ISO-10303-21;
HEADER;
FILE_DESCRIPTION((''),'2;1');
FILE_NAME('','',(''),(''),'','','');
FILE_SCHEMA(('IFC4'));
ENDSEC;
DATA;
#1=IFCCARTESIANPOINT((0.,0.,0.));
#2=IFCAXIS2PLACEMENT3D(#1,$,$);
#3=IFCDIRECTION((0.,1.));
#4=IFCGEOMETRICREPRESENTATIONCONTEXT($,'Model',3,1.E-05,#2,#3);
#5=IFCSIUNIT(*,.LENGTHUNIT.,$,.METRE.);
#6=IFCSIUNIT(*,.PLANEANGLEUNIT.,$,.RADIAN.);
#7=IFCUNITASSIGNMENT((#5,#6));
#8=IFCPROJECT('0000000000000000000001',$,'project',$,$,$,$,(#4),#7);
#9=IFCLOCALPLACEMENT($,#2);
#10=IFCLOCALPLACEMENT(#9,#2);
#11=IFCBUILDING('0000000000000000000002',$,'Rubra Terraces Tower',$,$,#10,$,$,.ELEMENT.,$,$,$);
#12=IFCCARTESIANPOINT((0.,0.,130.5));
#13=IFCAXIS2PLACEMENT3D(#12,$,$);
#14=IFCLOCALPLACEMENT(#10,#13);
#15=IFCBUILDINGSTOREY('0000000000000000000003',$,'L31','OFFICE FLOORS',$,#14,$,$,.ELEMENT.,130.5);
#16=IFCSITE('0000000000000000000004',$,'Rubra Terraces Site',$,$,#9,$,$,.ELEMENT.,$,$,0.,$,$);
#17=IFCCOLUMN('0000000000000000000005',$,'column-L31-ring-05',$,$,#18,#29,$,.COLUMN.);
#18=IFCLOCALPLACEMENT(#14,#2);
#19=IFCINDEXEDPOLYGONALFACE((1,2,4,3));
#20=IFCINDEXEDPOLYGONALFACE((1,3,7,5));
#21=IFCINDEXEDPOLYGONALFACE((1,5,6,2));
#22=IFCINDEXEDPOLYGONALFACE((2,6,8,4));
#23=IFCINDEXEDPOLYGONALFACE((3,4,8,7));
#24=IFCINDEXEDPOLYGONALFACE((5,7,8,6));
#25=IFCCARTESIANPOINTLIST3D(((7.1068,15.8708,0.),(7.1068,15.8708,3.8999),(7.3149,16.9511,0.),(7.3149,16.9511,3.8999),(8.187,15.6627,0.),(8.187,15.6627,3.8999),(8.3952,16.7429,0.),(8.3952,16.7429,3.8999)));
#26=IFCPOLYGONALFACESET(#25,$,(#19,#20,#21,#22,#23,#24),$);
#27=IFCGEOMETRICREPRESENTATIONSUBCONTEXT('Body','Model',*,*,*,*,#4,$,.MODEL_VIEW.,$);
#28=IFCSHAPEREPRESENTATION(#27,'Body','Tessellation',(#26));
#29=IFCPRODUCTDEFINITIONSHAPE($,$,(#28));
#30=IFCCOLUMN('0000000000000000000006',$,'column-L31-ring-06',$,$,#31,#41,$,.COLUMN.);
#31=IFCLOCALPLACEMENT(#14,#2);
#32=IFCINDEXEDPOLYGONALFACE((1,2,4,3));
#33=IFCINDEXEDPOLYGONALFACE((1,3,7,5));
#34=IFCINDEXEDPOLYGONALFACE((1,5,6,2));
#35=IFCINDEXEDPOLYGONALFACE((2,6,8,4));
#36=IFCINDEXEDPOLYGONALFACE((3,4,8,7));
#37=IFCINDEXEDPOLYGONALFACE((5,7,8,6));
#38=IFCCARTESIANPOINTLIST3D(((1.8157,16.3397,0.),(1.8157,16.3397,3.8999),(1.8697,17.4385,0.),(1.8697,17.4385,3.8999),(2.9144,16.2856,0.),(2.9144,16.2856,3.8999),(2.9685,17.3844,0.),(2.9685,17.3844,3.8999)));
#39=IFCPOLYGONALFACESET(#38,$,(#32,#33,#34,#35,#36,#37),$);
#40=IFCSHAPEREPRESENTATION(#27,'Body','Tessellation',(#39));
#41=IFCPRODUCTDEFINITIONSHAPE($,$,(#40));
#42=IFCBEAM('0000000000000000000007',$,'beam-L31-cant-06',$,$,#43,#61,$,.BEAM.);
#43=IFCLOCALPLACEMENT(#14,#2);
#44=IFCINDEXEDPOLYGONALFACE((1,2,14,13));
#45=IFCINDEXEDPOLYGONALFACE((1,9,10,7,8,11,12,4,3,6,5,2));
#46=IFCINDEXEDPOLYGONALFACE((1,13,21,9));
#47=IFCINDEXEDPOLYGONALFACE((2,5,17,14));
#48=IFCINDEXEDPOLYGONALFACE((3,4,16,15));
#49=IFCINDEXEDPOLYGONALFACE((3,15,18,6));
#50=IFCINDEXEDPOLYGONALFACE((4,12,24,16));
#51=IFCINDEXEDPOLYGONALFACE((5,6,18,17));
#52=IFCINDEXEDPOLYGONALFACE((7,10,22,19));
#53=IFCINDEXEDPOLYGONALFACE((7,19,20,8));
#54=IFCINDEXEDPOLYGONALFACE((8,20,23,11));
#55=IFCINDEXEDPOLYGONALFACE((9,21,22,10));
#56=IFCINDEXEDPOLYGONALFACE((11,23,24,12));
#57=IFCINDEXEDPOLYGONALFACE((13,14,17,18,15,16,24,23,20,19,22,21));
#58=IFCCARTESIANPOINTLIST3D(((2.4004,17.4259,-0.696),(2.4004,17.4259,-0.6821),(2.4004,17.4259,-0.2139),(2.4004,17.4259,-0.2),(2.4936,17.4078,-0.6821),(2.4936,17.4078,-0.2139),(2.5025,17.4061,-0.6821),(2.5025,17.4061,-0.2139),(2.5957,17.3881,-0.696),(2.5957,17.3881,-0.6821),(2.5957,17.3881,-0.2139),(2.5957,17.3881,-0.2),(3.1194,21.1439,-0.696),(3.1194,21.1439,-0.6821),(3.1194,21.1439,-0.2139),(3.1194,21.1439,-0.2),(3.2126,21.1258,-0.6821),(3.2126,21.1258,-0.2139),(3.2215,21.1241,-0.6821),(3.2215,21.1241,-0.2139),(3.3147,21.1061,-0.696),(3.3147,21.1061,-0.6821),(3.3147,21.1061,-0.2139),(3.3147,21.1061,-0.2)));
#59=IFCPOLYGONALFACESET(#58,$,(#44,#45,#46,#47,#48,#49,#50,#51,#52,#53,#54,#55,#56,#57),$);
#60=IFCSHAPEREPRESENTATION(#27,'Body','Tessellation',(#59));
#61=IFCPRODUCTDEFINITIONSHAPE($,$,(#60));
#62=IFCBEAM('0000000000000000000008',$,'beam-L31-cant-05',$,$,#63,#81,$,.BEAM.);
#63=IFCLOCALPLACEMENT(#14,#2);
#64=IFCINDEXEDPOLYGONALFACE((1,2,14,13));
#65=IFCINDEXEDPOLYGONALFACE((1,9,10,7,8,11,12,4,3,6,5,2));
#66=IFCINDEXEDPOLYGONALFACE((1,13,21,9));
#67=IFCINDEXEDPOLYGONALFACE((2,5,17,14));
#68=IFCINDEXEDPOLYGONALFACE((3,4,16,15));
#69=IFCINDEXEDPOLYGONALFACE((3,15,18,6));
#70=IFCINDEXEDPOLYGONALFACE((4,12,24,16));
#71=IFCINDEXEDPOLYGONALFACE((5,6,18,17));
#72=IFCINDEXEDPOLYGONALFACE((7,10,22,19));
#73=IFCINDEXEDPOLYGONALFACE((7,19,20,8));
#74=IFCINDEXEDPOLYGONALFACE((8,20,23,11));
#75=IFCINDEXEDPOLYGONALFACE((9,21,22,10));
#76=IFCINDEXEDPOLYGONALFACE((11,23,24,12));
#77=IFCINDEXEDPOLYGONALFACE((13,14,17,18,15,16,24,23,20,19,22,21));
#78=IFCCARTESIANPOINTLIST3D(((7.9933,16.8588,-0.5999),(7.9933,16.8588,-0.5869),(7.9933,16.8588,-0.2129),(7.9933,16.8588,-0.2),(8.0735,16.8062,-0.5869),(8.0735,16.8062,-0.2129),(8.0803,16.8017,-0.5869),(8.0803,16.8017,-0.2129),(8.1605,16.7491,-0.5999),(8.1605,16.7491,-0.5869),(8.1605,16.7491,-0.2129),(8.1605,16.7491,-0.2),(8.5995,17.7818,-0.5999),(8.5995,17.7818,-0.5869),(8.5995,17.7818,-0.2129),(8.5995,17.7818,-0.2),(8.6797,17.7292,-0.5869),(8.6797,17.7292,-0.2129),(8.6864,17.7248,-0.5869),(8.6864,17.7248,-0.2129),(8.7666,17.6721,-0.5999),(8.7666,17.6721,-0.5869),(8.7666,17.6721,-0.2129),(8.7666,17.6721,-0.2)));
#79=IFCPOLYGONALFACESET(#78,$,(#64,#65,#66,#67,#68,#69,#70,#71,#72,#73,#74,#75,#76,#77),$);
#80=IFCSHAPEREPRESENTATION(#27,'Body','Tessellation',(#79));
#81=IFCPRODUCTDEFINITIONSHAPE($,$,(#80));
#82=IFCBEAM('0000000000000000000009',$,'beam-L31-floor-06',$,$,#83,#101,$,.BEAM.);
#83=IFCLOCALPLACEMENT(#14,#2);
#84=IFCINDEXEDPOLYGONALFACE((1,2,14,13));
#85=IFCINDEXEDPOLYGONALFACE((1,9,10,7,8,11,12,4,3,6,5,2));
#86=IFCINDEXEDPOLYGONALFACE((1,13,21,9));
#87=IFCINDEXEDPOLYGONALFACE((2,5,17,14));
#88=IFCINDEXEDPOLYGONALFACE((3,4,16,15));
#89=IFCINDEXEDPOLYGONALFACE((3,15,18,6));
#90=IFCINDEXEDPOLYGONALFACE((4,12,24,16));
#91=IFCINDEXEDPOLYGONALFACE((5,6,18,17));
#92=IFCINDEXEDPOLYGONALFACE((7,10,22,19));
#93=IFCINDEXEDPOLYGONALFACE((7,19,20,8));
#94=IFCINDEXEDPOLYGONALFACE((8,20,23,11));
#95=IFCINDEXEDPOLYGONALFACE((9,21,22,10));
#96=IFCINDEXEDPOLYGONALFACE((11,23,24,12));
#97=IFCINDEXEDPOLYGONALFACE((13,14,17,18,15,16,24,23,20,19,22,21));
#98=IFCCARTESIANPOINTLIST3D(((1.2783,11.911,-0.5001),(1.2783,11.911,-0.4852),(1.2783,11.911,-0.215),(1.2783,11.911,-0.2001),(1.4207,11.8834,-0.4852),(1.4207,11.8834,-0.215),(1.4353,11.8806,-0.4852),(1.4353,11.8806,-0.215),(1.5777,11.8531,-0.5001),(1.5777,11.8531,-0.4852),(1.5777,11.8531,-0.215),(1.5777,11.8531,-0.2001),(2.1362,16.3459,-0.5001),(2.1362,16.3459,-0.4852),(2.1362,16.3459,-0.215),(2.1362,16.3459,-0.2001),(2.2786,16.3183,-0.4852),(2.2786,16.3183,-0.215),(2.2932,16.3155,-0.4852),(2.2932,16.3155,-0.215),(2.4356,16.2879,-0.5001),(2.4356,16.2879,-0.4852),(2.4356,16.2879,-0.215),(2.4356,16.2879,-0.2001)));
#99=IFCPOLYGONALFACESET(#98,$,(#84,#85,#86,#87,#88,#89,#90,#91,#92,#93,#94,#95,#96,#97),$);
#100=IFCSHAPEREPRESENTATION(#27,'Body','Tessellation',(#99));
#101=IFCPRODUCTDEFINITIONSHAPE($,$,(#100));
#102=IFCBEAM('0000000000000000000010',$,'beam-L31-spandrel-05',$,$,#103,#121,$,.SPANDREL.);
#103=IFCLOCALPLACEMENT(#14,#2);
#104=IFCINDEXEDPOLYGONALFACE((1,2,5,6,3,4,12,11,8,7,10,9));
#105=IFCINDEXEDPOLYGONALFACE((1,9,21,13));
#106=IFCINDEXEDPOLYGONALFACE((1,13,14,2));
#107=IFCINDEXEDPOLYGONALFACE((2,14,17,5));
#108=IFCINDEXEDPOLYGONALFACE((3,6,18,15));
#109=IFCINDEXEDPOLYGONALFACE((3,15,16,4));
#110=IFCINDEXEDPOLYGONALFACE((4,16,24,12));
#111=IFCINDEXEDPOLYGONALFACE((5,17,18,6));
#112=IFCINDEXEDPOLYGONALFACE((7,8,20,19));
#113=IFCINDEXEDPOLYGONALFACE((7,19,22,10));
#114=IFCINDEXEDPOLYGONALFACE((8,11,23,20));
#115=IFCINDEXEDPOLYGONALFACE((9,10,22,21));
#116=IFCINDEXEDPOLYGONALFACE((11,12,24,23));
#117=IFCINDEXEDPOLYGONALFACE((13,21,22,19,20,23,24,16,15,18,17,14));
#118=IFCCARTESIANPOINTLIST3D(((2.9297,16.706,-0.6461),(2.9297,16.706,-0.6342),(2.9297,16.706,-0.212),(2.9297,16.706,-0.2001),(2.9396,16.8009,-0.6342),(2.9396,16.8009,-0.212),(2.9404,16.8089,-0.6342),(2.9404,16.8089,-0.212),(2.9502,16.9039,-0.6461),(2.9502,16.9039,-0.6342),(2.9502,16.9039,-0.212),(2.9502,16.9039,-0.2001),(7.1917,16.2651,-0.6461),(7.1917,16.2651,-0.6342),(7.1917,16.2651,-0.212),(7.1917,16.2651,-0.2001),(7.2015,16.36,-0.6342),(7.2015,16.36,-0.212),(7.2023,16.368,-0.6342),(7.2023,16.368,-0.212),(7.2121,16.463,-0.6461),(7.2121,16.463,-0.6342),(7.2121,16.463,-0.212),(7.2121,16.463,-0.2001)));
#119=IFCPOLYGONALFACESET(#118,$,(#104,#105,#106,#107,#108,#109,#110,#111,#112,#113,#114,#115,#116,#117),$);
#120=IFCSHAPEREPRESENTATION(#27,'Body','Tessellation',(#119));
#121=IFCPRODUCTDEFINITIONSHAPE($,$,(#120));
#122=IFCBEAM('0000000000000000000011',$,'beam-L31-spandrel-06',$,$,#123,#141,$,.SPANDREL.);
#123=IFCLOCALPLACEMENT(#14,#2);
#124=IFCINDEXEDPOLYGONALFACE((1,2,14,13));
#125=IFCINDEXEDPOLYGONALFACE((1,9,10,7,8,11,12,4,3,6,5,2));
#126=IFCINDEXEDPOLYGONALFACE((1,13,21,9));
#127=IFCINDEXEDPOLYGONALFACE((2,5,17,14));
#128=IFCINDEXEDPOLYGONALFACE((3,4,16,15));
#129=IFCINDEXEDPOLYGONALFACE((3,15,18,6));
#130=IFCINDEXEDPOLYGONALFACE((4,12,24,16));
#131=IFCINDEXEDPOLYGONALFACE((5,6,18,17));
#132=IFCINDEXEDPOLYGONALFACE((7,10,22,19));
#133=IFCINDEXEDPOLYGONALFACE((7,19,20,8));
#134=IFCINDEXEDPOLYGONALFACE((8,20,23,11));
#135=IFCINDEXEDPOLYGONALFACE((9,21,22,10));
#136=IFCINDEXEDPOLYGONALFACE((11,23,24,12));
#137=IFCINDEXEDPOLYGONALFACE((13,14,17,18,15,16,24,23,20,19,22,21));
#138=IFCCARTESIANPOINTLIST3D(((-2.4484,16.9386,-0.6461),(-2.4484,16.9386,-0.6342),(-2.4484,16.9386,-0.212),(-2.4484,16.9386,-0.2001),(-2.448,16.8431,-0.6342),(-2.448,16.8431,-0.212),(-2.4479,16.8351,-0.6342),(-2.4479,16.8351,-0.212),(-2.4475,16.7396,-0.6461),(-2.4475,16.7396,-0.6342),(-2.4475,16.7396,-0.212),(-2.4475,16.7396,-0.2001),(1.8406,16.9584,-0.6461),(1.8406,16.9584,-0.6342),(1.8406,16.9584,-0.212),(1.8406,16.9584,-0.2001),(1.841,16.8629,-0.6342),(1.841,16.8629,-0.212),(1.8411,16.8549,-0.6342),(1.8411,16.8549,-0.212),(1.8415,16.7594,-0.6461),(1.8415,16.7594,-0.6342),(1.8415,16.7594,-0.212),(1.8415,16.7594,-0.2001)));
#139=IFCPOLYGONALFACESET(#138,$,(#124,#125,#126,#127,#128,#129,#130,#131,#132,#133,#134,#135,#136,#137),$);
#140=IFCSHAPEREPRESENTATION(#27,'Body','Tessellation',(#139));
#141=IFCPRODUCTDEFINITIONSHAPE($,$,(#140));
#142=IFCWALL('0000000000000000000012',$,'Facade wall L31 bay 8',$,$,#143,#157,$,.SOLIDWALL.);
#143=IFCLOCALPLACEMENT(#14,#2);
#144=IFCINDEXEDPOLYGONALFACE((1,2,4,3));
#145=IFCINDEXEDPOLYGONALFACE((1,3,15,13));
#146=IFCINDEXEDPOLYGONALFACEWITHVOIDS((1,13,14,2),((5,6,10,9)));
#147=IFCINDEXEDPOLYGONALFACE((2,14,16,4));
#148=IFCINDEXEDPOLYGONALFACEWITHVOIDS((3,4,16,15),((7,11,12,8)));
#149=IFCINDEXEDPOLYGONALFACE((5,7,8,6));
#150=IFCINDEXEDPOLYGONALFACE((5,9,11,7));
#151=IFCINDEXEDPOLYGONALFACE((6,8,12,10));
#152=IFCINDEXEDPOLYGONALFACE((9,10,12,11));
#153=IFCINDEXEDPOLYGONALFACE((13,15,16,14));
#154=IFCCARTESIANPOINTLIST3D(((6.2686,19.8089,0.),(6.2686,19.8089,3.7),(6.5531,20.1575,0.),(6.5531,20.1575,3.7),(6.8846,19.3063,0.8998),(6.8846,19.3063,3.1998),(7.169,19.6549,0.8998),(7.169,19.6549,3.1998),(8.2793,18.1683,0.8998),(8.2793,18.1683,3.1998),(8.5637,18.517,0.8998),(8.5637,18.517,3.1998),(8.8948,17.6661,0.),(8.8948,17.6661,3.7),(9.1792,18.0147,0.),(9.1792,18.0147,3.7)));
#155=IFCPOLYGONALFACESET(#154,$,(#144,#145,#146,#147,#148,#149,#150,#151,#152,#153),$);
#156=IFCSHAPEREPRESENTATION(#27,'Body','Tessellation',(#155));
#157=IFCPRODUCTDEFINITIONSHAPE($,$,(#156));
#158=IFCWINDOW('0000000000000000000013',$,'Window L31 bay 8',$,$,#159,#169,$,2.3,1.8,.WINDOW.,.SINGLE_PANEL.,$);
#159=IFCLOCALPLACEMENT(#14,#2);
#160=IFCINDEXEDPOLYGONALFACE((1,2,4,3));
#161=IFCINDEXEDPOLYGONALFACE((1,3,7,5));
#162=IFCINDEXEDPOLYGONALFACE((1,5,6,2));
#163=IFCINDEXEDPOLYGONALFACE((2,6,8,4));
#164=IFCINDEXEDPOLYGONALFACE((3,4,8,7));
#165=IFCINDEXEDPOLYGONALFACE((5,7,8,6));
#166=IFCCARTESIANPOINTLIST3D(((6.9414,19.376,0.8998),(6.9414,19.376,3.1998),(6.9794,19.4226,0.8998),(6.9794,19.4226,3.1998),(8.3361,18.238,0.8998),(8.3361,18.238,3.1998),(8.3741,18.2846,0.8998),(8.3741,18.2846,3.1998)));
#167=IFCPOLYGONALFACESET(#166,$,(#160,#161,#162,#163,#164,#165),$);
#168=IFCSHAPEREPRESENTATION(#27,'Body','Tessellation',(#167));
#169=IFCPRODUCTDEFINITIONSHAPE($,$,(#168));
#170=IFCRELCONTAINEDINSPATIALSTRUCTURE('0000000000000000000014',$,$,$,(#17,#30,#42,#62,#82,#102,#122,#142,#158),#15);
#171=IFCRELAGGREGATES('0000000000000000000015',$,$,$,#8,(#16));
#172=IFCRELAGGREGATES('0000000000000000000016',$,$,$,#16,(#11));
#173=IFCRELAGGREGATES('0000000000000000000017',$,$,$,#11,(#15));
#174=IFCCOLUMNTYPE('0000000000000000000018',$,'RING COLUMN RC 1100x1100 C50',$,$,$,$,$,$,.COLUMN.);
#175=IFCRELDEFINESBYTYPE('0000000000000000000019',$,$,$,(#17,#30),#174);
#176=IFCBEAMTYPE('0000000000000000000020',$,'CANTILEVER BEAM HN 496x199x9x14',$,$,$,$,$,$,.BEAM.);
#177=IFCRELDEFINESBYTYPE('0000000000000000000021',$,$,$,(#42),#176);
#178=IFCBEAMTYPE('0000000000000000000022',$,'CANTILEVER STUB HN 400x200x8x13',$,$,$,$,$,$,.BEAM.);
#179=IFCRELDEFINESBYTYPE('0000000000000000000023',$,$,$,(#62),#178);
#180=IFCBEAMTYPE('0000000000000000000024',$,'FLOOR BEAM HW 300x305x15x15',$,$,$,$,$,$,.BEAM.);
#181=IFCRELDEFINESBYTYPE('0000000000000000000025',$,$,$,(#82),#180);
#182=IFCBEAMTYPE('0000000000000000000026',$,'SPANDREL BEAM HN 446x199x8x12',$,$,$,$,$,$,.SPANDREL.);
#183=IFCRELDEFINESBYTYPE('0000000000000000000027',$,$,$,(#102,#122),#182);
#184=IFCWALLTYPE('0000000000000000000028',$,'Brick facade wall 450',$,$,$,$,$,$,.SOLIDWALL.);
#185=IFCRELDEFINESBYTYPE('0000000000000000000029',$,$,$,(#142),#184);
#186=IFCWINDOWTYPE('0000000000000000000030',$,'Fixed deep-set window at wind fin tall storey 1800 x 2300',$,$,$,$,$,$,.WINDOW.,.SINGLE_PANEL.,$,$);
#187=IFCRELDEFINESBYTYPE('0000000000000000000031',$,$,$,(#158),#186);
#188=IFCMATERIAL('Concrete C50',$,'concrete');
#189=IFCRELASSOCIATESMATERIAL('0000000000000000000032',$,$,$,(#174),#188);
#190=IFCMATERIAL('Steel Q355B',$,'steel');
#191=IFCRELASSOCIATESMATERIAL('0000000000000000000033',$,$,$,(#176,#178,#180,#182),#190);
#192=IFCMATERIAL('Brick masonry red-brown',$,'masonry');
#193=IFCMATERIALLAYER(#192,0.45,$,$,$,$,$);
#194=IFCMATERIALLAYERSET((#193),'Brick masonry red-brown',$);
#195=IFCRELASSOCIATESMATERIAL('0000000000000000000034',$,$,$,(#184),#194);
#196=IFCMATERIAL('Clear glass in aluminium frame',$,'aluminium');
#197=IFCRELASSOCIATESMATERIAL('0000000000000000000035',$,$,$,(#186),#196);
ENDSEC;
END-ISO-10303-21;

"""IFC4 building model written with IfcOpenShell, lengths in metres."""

from ifc_helpers import new_model, si_unit, direction, frame, frame_2d, origin, origin_2d, place, context, subcontext, project, spatial, rectangle, i_section, extrude, material, layer, layer_set, material_profile, profile_set, type_object, element, fill, save


model = new_model("IFC4")

# Units and contexts
model_context = context("Model", 3, precision=1e-05, world=origin(), true_north=direction((0.0, 1.0)))
body_context = subcontext(model_context, "Body", "Model", "MODEL_VIEW")
ifc_project = project(units=[si_unit("LENGTHUNIT", "METRE"), si_unit("PLANEANGLEUNIT", "RADIAN")], contexts=[model_context])

# Site, building, storey
site_placement = place(None, origin())
site = spatial("IfcSite", under=ifc_project, at=site_placement, Name="Rubra Terraces Site", CompositionType="ELEMENT", RefElevation=0.0)
building_placement = place(site_placement, origin())
building = spatial("IfcBuilding", under=site, at=building_placement, Name="Rubra Terraces Tower", CompositionType="ELEMENT")
storey_placement = place(building_placement, frame((0.0, 0.0, 130.5)))
storey = spatial("IfcBuildingStorey", under=building, at=storey_placement, Name="L31", Description="OFFICE FLOORS", CompositionType="ELEMENT", Elevation=130.5)

# Columns
ifc_material_1 = material(Name="Concrete C50", Category="concrete")
ifc_material_profile_1 = material_profile(ifc_material_1, rectangle(XDim=1.1001, YDim=1.1001, at=origin_2d()), Name="RC 1100x1100")
ifc_profile_set_1 = profile_set([ifc_material_profile_1], Name="Concrete C50")
column_type = type_object("IfcColumnType", Name="RING COLUMN RC 1100x1100 C50", PredefinedType="COLUMN", material=ifc_profile_set_1)
for number, where, z_axis, x_axis, name in (
    (1, (7.751, 16.3069, 0.0), (0.0, 0.0, 1.0), (-0.981937, 0.18921, 0.0), "column-L31-ring-05"),
    (2, (2.3921, 16.8621, 0.0), (0.0, 0.0, 1.0), (-0.998791, 0.04915, 0.0), "column-L31-ring-06"),
):
    element("IfcColumn", number, at=place(storey_placement, frame(where, z_axis=z_axis, x_axis=x_axis)), inside=storey, type_object=column_type, Name=name, PredefinedType="COLUMN", context=body_context, shape_type="SweptSolid", body=[
        extrude(rectangle(XDim=1.1001, YDim=1.1001, at=origin_2d()), origin(), (0.0, 0.0, 1.0), 3.8999),
    ])

# Beams
ifc_material_2 = material(Name="Steel Q355B", Category="steel")
ifc_material_profile_2 = material_profile(ifc_material_2, i_section(OverallWidth=0.199, OverallDepth=0.4961, WebThickness=0.009, FlangeThickness=0.0139, at=origin_2d()), Name="HN 496x199x9x14")
ifc_profile_set_2 = profile_set([ifc_material_profile_2], Name="Steel Q355B")
beam_type_1 = type_object("IfcBeamType", Name="CANTILEVER BEAM HN 496x199x9x14", PredefinedType="BEAM", material=ifc_profile_set_2)
beam_1_placement = place(storey_placement, frame((2.498, 17.407, -0.448), z_axis=(0.189864, 0.98181, 0.0), x_axis=(-0.98181, 0.189864, 0.0)))
element("IfcBeam", 3, at=beam_1_placement, inside=storey, type_object=beam_type_1, Name="beam-L31-cant-06", PredefinedType="BEAM", context=body_context, shape_type="SweptSolid", body=[
    extrude(i_section(OverallWidth=0.199, OverallDepth=0.4961, WebThickness=0.009, FlangeThickness=0.0139, at=origin_2d()), origin(), (0.0, 0.0, 1.0), 3.7869),
])
ifc_material_profile_3 = material_profile(ifc_material_2, i_section(OverallWidth=0.2, OverallDepth=0.3999, WebThickness=0.0081, FlangeThickness=0.0129, at=origin_2d()), Name="HN 400x200x8x13")
ifc_profile_set_3 = profile_set([ifc_material_profile_3], Name="Steel Q355B")
beam_type_2 = type_object("IfcBeamType", Name="CANTILEVER STUB HN 400x200x8x13", PredefinedType="BEAM", material=ifc_profile_set_3)
beam_2_placement = place(storey_placement, frame((8.0769, 16.804, -0.3999), z_axis=(0.548922, 0.835874, 0.0), x_axis=(-0.835874, 0.548922, 0.0)))
element("IfcBeam", 4, at=beam_2_placement, inside=storey, type_object=beam_type_2, Name="beam-L31-cant-05", PredefinedType="BEAM", context=body_context, shape_type="SweptSolid", body=[
    extrude(i_section(OverallWidth=0.2, OverallDepth=0.3999, WebThickness=0.0081, FlangeThickness=0.0129, at=origin_2d()), origin(), (0.0, 0.0, 1.0), 1.1042),
])
ifc_material_profile_4 = material_profile(ifc_material_2, i_section(OverallWidth=0.3049, OverallDepth=0.3, WebThickness=0.0149, FlangeThickness=0.0149, at=origin_2d()), Name="HW 300x305x15x15")
ifc_profile_set_4 = profile_set([ifc_material_profile_4], Name="Steel Q355B")
beam_type_3 = type_object("IfcBeamType", Name="FLOOR BEAM HW 300x305x15x15", PredefinedType="BEAM", material=ifc_profile_set_4)
beam_3_placement = place(storey_placement, frame((2.2859, 16.3169, -0.3501), z_axis=(-0.189928, -0.981798, 0.0), x_axis=(0.981798, -0.189928, 0.0)))
element("IfcBeam", 5, at=beam_3_placement, inside=storey, type_object=beam_type_3, Name="beam-L31-floor-06", PredefinedType="BEAM", context=body_context, shape_type="SweptSolid", body=[
    extrude(i_section(OverallWidth=0.3049, OverallDepth=0.3, WebThickness=0.0149, FlangeThickness=0.0149, at=origin_2d()), origin(), (0.0, 0.0, 1.0), 4.5171),
])
ifc_material_profile_5 = material_profile(ifc_material_2, i_section(OverallWidth=0.199, OverallDepth=0.446, WebThickness=0.0081, FlangeThickness=0.012, at=origin_2d()), Name="HN 446x199x8x12")
ifc_profile_set_5 = profile_set([ifc_material_profile_5], Name="Steel Q355B")
beam_type_4 = type_object("IfcBeamType", Name="SPANDREL BEAM HN 446x199x8x12", PredefinedType="SPANDREL", material=ifc_profile_set_5)
beam_4_placement = place(storey_placement, frame((7.2019, 16.364, -0.4231), z_axis=(-0.994691, 0.102905, 0.0), x_axis=(-0.102905, -0.994691, 0.0)))
element("IfcBeam", 6, at=beam_4_placement, inside=storey, type_object=beam_type_4, Name="beam-L31-spandrel-05", PredefinedType="SPANDREL", context=body_context, shape_type="SweptSolid", body=[
    extrude(i_section(OverallWidth=0.199, OverallDepth=0.446, WebThickness=0.0081, FlangeThickness=0.012, at=origin_2d()), origin(), (0.0, 0.0, 1.0), 4.2847),
])
beam_5_placement = place(storey_placement, frame((1.8411, 16.8589, -0.4231), z_axis=(-0.999989, -0.004611, 0.0), x_axis=(0.004611, -0.999989, 0.0)))
element("IfcBeam", 7, at=beam_5_placement, inside=storey, type_object=beam_type_4, Name="beam-L31-spandrel-06", PredefinedType="SPANDREL", context=body_context, shape_type="SweptSolid", body=[
    extrude(i_section(OverallWidth=0.199, OverallDepth=0.446, WebThickness=0.0081, FlangeThickness=0.012, at=origin_2d()), origin(), (0.0, 0.0, 1.0), 4.2891),
])

# Wall, opening, window
ifc_material_3 = material(Name="Brick masonry red-brown", Category="masonry")
ifc_layer_1 = layer(ifc_material_3, 0.45)
ifc_layer_set_1 = layer_set([ifc_layer_1], Name="Brick masonry red-brown")
wall_type_1 = type_object("IfcWallType", Name="Brick facade wall 450", PredefinedType="SOLIDWALL", material=ifc_layer_set_1)
wall_1_placement = place(storey_placement, frame((9.0371, 17.8403, 0.0), z_axis=(0.0, 0.0, 1.0), x_axis=(-0.77481, 0.632194, 0.0)))
wall_1 = element("IfcWall", 8, at=wall_1_placement, inside=storey, type_object=wall_type_1, Name="Facade wall L31 bay 8", PredefinedType="SOLIDWALL", context=body_context, shape_type="SweptSolid", body=[
    extrude(rectangle(XDim=3.3894, YDim=0.45, at=frame_2d((1.6948, 0.0))), origin(), (0.0, 0.0, 1.0), 3.7),
])
opening_1_placement = place(wall_1_placement, frame((0.7947, 0.0, 0.8999)))
opening_1 = element("IfcOpeningElement", 9, at=opening_1_placement, cuts=wall_1, PredefinedType="OPENING", context=body_context, shape_type="SweptSolid", body=[
    extrude(rectangle(XDim=1.8, YDim=2.3, at=frame_2d((0.8999, 1.1499))), frame((0.0, 0.2349, 0.0), z_axis=(0.0, -1.0, 0.0), x_axis=(1.0, 0.0, 0.0)), (0.0, 0.0, 1.0), 0.47),
])
ifc_material_4 = material(Name="Clear glass in aluminium frame", Category="aluminium")
window_type_1 = type_object("IfcWindowType", Name="Fixed deep-set window at wind fin tall storey 1800 x 2300", PartitioningType="SINGLE_PANEL", PredefinedType="WINDOW", material=ifc_material_4)
window_1_placement = place(opening_1_placement, origin())
window_1 = element("IfcWindow", 10, at=window_1_placement, inside=storey, type_object=window_type_1, Name="Window L31 bay 8", OverallHeight=2.3, OverallWidth=1.8, PartitioningType="SINGLE_PANEL", PredefinedType="WINDOW", context=body_context, shape_type="SweptSolid", body=[
    extrude(rectangle(XDim=1.8, YDim=2.3, at=frame_2d((0.8999, 1.1499))), frame((0.0, 0.135, 0.0), z_axis=(0.0, -1.0, 0.0), x_axis=(1.0, 0.0, 0.0)), (0.0, 0.0, 1.0), 0.0601),
])
fill(opening_1, window_1)

save(model, "model.ifc")
